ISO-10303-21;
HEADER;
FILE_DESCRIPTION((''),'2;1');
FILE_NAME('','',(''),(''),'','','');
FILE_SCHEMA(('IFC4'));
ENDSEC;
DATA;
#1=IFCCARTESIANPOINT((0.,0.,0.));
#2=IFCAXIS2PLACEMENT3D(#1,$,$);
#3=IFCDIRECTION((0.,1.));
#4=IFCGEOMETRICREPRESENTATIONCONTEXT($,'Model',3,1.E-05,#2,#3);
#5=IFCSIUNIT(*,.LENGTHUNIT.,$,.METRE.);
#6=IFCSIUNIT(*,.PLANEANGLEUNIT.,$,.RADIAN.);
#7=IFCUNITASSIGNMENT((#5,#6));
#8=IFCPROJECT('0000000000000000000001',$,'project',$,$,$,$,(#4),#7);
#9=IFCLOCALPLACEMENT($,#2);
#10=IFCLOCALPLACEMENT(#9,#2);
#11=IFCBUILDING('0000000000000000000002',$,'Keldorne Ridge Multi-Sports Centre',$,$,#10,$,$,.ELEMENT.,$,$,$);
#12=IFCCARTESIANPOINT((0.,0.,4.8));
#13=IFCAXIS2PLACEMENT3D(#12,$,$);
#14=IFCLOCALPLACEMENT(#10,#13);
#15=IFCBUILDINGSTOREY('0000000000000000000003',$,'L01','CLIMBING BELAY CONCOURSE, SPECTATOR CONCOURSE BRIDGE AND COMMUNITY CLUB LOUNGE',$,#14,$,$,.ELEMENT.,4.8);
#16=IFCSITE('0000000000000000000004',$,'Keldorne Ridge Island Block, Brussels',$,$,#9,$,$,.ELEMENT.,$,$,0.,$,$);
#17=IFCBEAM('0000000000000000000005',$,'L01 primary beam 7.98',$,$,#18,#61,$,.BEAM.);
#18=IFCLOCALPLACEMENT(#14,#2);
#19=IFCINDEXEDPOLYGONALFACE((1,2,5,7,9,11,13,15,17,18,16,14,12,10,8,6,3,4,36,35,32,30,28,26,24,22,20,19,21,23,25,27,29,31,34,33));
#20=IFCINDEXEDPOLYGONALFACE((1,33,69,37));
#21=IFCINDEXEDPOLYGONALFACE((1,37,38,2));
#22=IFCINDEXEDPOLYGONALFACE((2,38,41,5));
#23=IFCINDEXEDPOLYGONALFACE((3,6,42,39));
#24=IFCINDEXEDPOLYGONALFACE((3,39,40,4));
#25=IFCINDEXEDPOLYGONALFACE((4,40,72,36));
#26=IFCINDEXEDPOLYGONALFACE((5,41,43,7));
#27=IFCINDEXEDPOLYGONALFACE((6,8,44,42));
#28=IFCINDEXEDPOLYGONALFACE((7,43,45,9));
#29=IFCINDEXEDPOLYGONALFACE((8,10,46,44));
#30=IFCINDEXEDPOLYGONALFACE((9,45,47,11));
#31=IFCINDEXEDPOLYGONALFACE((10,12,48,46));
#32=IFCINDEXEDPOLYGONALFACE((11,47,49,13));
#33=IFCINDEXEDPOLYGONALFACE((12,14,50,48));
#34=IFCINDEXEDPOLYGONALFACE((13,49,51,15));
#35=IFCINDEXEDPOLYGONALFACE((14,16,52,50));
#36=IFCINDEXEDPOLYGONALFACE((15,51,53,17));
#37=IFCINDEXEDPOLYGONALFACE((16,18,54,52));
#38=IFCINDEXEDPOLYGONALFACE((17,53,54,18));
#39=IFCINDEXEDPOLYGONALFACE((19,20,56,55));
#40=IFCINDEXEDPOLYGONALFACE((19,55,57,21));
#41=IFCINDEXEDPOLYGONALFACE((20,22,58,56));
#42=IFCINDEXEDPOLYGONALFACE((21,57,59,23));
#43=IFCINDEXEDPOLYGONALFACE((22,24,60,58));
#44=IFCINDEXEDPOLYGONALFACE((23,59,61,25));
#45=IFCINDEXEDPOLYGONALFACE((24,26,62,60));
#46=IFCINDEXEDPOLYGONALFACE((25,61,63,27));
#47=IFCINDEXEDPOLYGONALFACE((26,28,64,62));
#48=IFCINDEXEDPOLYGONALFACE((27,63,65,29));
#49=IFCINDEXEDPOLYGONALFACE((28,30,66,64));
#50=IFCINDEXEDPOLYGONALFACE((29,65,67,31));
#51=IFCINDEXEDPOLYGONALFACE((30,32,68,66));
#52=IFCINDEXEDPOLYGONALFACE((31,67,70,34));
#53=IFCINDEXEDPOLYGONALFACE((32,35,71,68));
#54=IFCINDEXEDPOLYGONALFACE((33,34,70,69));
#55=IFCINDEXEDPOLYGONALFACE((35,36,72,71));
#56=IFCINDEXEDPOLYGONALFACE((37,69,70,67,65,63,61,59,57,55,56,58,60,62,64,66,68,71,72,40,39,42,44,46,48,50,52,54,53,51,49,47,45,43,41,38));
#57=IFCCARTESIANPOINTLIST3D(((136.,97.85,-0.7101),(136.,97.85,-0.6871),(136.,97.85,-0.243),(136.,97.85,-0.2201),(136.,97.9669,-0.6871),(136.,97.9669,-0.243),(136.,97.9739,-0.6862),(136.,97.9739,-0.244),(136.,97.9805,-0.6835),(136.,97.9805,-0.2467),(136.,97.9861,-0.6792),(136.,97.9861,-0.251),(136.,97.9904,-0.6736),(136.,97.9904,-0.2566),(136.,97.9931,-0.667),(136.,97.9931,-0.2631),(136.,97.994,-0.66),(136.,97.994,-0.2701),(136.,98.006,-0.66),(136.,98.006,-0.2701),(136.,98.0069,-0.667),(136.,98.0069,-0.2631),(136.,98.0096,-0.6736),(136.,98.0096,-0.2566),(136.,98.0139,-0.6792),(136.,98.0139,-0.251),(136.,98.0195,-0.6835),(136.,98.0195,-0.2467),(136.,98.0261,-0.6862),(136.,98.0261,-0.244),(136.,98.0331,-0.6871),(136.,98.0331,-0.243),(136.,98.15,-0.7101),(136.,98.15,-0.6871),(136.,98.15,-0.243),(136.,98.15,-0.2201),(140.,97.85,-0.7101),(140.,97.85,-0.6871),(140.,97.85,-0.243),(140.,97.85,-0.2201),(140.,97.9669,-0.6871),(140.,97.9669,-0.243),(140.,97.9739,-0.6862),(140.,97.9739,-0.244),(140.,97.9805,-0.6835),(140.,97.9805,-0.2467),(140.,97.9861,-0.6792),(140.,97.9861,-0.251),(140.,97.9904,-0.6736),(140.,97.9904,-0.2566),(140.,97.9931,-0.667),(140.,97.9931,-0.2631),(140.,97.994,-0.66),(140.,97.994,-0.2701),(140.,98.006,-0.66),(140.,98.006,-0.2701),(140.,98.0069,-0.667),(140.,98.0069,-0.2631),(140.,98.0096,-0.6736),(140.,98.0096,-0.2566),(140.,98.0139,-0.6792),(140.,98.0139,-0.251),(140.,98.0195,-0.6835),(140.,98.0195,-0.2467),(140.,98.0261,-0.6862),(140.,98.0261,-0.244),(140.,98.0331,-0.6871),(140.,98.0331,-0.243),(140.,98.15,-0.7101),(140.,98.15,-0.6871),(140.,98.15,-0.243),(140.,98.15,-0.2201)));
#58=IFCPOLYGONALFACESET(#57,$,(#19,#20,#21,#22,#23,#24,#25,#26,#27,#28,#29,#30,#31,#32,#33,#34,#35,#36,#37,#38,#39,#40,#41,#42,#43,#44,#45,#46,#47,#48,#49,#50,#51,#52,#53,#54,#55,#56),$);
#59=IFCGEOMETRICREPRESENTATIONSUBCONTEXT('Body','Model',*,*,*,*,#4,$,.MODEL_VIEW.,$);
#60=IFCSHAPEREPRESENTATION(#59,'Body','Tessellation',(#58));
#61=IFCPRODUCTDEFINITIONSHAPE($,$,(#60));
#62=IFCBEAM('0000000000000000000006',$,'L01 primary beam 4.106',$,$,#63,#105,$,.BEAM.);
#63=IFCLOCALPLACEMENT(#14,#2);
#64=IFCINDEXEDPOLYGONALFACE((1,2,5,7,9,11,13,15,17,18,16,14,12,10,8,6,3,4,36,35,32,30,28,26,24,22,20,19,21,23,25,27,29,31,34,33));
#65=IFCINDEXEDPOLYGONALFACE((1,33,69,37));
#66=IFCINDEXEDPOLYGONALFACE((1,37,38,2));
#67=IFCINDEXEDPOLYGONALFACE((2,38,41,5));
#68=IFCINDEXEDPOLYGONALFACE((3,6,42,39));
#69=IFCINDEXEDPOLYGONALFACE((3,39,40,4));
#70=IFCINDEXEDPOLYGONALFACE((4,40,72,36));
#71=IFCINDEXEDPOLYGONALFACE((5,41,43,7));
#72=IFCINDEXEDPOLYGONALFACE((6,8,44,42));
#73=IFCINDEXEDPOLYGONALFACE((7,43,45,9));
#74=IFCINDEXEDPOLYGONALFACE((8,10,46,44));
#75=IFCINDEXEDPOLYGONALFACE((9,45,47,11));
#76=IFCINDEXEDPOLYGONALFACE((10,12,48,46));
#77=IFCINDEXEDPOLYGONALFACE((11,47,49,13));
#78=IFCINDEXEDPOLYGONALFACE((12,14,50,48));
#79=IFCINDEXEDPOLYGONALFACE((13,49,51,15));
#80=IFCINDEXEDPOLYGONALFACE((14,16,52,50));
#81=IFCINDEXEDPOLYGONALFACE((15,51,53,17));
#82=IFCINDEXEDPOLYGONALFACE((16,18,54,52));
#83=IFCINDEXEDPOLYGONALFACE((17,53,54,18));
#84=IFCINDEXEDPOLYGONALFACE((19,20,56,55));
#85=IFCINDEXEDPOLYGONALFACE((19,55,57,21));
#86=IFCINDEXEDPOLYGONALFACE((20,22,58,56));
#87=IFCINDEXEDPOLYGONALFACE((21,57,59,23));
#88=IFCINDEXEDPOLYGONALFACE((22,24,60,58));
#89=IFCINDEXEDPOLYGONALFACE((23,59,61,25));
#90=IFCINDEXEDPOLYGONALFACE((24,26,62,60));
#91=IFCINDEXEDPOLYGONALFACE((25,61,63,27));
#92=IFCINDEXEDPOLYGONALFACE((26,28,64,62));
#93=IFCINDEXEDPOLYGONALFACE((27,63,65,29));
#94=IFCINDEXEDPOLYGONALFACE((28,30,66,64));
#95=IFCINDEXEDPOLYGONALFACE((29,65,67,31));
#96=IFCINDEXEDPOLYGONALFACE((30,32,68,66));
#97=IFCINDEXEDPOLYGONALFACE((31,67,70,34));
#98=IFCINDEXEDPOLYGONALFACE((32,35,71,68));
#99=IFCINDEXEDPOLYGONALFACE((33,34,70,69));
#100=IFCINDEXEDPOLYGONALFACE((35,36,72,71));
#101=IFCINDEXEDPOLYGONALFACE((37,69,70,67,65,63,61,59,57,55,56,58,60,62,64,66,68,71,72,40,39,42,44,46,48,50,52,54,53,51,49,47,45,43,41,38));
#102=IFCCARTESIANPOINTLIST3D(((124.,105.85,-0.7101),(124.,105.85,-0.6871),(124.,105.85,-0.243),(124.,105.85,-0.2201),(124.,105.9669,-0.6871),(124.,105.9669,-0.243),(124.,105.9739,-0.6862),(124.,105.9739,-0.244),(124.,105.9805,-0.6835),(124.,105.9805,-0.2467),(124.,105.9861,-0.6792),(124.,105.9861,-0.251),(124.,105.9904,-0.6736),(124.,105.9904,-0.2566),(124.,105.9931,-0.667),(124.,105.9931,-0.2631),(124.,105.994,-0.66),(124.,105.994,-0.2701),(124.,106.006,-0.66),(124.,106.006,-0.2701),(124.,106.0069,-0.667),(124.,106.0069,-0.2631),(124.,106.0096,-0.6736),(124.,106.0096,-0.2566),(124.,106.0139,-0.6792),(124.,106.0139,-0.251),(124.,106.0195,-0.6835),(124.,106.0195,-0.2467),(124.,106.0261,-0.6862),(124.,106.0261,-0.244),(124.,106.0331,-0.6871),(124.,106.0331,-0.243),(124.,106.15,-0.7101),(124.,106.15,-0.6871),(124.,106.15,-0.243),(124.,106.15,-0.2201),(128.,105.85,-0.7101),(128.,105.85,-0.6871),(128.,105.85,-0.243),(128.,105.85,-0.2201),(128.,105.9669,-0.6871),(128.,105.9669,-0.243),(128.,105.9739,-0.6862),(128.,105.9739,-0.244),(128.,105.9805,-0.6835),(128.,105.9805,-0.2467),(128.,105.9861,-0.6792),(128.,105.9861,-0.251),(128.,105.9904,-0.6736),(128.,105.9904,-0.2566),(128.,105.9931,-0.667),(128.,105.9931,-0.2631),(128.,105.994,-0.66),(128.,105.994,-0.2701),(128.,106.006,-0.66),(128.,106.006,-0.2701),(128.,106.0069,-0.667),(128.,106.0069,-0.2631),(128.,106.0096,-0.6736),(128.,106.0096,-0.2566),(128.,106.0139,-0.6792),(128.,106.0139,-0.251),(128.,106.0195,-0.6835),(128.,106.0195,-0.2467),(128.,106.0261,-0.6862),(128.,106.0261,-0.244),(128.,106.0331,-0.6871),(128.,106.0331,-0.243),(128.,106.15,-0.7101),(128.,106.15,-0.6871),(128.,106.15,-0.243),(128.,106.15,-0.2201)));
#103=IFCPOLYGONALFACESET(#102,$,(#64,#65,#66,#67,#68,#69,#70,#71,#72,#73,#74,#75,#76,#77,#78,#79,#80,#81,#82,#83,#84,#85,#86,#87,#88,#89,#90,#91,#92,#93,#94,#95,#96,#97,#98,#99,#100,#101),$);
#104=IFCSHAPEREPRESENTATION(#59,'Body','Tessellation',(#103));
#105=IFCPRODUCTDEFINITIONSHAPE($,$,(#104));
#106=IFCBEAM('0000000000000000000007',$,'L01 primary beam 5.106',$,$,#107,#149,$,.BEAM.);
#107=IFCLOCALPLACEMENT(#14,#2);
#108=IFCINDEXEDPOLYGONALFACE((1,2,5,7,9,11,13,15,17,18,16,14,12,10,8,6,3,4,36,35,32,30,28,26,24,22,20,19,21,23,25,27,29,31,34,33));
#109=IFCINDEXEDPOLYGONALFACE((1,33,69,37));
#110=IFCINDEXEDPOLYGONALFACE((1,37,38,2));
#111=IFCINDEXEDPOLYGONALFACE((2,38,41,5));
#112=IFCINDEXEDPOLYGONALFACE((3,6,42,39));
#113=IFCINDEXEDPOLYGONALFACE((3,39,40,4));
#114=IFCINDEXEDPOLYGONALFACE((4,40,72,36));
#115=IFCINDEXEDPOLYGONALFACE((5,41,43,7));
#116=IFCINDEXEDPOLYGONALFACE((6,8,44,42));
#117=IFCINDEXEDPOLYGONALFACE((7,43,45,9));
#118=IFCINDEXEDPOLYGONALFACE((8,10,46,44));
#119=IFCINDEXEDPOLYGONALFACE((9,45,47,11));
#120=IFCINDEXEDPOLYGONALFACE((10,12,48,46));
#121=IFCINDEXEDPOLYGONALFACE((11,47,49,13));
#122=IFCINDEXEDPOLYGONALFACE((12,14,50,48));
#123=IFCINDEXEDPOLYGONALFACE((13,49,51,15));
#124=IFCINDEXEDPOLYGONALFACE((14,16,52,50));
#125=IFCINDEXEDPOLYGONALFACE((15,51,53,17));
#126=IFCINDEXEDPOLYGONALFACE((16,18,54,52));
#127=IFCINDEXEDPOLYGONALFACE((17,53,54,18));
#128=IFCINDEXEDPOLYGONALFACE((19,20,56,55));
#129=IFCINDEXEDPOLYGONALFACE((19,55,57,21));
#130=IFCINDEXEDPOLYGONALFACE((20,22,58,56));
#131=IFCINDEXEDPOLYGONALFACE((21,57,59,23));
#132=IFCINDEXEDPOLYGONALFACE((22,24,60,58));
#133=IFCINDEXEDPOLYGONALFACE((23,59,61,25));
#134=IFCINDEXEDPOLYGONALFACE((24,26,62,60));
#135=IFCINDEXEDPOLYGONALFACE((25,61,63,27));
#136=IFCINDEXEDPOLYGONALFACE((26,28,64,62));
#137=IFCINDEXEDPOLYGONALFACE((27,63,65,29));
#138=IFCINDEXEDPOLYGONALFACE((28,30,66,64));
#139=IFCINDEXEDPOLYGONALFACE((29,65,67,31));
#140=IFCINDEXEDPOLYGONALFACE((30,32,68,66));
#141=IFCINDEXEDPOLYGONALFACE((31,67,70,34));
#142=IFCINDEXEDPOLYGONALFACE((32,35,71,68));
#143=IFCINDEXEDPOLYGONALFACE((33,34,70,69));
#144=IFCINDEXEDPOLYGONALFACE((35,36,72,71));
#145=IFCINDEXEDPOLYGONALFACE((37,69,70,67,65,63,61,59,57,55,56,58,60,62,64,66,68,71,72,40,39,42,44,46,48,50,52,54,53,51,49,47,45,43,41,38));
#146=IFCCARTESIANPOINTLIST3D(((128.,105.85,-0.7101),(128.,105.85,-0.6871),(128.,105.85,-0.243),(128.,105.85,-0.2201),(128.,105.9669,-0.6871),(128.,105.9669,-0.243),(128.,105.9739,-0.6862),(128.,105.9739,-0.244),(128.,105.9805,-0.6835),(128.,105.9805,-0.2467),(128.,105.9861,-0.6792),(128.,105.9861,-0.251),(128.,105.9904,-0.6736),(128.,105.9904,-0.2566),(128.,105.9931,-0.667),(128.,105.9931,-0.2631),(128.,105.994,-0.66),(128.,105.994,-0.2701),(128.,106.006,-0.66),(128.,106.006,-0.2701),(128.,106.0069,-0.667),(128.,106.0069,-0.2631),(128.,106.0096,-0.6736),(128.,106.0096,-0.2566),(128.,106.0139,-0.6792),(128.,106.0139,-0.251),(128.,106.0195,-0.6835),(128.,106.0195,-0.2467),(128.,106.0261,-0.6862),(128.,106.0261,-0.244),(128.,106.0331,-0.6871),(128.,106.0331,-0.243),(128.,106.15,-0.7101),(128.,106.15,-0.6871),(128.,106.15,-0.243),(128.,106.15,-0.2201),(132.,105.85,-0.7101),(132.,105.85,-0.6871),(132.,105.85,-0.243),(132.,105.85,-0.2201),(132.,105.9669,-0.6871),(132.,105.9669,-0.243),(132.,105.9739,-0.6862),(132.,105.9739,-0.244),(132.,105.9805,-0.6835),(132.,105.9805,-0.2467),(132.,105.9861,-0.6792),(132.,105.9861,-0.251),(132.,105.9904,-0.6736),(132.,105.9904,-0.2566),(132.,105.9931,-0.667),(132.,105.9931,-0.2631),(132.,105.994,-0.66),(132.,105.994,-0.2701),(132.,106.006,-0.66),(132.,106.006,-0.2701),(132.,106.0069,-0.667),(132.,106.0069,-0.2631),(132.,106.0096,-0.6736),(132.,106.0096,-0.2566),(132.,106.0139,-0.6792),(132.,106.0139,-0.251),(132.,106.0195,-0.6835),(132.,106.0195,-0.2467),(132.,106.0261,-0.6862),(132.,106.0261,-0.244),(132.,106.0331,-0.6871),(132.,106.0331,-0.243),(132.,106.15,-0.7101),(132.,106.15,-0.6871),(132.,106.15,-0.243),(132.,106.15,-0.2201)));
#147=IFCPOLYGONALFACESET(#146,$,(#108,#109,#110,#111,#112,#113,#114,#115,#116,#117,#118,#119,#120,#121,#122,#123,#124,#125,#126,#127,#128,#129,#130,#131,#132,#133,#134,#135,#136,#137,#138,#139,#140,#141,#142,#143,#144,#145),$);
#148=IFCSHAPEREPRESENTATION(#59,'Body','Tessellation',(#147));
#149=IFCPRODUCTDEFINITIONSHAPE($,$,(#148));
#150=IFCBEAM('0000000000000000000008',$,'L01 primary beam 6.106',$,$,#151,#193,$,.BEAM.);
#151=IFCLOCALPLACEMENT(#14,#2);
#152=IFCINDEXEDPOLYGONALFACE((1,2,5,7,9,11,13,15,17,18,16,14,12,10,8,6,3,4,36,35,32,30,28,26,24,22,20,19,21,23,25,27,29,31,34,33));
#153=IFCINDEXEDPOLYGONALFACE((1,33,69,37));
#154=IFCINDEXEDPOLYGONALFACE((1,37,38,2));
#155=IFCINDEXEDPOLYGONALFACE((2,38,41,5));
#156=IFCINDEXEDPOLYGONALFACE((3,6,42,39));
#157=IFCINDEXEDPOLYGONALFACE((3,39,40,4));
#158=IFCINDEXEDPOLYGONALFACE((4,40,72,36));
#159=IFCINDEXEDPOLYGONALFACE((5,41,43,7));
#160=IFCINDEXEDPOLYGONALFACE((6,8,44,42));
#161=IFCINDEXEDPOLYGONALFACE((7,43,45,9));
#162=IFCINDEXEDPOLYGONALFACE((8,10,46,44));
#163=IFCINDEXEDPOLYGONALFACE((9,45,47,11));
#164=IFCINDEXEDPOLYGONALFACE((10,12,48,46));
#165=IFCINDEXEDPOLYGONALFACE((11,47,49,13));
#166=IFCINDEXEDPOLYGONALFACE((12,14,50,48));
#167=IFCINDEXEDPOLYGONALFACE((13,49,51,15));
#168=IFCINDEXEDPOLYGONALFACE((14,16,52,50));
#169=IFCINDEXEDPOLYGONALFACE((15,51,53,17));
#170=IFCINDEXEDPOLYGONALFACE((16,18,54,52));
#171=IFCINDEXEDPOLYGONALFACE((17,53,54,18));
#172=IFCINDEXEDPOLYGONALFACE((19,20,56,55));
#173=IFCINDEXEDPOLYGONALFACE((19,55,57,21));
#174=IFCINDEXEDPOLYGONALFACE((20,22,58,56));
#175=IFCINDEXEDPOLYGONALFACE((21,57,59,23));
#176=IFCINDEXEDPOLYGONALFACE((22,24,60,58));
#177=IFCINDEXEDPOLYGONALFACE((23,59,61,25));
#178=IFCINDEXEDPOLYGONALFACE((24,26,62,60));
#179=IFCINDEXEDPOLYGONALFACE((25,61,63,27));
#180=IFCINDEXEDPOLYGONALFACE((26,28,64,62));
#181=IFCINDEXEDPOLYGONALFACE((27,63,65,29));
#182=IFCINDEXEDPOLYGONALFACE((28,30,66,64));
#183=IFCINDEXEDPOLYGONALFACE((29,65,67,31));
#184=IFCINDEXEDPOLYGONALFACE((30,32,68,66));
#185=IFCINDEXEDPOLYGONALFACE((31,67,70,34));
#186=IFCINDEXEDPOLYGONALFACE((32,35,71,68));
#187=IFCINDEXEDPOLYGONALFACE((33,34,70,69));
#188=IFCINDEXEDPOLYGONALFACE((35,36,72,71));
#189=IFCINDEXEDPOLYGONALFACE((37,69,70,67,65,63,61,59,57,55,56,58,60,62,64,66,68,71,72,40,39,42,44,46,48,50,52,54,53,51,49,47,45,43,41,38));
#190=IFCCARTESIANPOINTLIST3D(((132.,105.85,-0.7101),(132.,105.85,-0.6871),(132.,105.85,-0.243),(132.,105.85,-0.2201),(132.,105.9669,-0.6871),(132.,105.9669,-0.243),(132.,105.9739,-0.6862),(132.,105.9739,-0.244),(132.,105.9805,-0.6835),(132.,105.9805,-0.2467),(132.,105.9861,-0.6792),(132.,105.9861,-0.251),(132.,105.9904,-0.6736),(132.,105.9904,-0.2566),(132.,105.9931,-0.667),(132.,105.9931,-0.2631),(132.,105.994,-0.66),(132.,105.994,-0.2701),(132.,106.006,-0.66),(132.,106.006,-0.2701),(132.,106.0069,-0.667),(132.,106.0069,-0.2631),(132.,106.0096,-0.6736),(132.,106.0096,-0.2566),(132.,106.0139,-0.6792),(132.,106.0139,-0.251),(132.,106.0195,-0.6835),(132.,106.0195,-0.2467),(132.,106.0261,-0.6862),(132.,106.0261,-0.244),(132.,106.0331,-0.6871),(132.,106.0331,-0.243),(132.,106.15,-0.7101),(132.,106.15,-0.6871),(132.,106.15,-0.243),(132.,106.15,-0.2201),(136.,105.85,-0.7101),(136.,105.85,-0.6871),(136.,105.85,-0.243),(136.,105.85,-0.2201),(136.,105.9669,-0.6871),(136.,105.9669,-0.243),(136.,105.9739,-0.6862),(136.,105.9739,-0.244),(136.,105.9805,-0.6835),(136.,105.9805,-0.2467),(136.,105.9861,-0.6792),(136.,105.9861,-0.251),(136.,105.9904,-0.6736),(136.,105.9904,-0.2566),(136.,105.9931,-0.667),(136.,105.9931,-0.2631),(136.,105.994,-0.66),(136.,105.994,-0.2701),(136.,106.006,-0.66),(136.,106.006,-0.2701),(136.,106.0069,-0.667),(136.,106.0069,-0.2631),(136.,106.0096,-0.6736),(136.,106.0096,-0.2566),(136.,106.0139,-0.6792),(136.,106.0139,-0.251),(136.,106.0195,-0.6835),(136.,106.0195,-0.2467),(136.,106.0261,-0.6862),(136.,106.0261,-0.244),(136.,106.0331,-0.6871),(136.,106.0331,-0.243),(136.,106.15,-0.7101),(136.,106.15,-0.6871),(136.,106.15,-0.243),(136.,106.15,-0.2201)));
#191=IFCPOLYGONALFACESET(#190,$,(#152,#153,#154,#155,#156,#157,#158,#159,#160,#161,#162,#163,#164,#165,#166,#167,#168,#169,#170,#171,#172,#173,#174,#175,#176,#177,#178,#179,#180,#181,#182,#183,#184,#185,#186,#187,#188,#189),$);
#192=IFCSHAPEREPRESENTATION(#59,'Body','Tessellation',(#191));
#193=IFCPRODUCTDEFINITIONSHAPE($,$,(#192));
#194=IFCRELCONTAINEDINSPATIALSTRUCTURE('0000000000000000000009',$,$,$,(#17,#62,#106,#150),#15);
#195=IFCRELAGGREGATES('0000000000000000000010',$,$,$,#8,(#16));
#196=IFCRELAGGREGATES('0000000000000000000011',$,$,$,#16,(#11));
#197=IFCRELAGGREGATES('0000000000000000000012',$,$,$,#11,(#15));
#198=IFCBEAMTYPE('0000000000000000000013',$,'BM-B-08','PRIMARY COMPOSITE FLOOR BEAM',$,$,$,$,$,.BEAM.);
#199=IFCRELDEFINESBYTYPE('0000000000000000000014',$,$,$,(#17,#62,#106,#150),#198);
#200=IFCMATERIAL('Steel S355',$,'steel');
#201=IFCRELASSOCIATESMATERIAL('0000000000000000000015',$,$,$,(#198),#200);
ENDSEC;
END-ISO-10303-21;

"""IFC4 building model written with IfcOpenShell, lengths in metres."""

from ifc_helpers import new_model, si_unit, direction, frame, origin, origin_2d, place, context, subcontext, project, spatial, i_section, extrude, material, material_profile, profile_set, type_object, element, save


model = new_model("IFC4")

# Units and contexts
model_context = context("Model", 3, precision=1e-05, world=origin(), true_north=direction((0.0, 1.0)))
body_context = subcontext(model_context, "Body", "Model", "MODEL_VIEW")
ifc_project = project(units=[si_unit("LENGTHUNIT", "METRE"), si_unit("PLANEANGLEUNIT", "RADIAN")], contexts=[model_context])

# Site, building, storey
site_placement = place(None, origin())
site = spatial("IfcSite", under=ifc_project, at=site_placement, Name="Keldorne Ridge Island Block, Brussels", CompositionType="ELEMENT", RefElevation=0.0)
building_placement = place(site_placement, origin())
building = spatial("IfcBuilding", under=site, at=building_placement, Name="Keldorne Ridge Multi-Sports Centre", CompositionType="ELEMENT")
storey_placement = place(building_placement, frame((0.0, 0.0, 4.8)))
storey = spatial("IfcBuildingStorey", under=building, at=storey_placement, Name="L01", Description="CLIMBING BELAY CONCOURSE, SPECTATOR CONCOURSE BRIDGE AND COMMUNITY CLUB LOUNGE", CompositionType="ELEMENT", Elevation=4.8)

# Shared definitions
ifc_material_1 = material(Name="Steel S355", Category="steel")

# Beams
ifc_material_profile_1 = material_profile(ifc_material_1, i_section(OverallWidth=0.3, OverallDepth=0.49, WebThickness=0.012, FlangeThickness=0.0229, FilletRadius=0.0271, at=origin_2d()), Name="HEA 500")
ifc_profile_set_1 = profile_set([ifc_material_profile_1], Name="Steel S355")
beam_type_1 = type_object("IfcBeamType", Name="BM-B-08", Description="PRIMARY COMPOSITE FLOOR BEAM", PredefinedType="BEAM", material=ifc_profile_set_1)
for number, where, z_axis, x_axis, name in (
    (1, (136.0, 98.0, -0.4651), (1.0, 0.0, 0.0), (0.0, 1.0, 0.0), "L01 primary beam 7.98"),
    (2, (124.0, 106.0, -0.4651), (1.0, 0.0, 0.0), (0.0, 1.0, 0.0), "L01 primary beam 4.106"),
    (3, (128.0, 106.0, -0.4651), (1.0, 0.0, 0.0), (0.0, 1.0, 0.0), "L01 primary beam 5.106"),
    (4, (132.0, 106.0, -0.4651), (1.0, 0.0, 0.0), (0.0, 1.0, 0.0), "L01 primary beam 6.106"),
):
    element("IfcBeam", number, at=place(storey_placement, frame(where, z_axis=z_axis, x_axis=x_axis)), inside=storey, type_object=beam_type_1, Name=name, PredefinedType="BEAM", context=body_context, shape_type="SweptSolid", body=[
        extrude(i_section(OverallWidth=0.3, OverallDepth=0.49, WebThickness=0.012, FlangeThickness=0.0229, FilletRadius=0.0271, at=origin_2d()), origin(), (0.0, 0.0, 1.0), 4.0),
    ])

save(model, "model.ifc")
